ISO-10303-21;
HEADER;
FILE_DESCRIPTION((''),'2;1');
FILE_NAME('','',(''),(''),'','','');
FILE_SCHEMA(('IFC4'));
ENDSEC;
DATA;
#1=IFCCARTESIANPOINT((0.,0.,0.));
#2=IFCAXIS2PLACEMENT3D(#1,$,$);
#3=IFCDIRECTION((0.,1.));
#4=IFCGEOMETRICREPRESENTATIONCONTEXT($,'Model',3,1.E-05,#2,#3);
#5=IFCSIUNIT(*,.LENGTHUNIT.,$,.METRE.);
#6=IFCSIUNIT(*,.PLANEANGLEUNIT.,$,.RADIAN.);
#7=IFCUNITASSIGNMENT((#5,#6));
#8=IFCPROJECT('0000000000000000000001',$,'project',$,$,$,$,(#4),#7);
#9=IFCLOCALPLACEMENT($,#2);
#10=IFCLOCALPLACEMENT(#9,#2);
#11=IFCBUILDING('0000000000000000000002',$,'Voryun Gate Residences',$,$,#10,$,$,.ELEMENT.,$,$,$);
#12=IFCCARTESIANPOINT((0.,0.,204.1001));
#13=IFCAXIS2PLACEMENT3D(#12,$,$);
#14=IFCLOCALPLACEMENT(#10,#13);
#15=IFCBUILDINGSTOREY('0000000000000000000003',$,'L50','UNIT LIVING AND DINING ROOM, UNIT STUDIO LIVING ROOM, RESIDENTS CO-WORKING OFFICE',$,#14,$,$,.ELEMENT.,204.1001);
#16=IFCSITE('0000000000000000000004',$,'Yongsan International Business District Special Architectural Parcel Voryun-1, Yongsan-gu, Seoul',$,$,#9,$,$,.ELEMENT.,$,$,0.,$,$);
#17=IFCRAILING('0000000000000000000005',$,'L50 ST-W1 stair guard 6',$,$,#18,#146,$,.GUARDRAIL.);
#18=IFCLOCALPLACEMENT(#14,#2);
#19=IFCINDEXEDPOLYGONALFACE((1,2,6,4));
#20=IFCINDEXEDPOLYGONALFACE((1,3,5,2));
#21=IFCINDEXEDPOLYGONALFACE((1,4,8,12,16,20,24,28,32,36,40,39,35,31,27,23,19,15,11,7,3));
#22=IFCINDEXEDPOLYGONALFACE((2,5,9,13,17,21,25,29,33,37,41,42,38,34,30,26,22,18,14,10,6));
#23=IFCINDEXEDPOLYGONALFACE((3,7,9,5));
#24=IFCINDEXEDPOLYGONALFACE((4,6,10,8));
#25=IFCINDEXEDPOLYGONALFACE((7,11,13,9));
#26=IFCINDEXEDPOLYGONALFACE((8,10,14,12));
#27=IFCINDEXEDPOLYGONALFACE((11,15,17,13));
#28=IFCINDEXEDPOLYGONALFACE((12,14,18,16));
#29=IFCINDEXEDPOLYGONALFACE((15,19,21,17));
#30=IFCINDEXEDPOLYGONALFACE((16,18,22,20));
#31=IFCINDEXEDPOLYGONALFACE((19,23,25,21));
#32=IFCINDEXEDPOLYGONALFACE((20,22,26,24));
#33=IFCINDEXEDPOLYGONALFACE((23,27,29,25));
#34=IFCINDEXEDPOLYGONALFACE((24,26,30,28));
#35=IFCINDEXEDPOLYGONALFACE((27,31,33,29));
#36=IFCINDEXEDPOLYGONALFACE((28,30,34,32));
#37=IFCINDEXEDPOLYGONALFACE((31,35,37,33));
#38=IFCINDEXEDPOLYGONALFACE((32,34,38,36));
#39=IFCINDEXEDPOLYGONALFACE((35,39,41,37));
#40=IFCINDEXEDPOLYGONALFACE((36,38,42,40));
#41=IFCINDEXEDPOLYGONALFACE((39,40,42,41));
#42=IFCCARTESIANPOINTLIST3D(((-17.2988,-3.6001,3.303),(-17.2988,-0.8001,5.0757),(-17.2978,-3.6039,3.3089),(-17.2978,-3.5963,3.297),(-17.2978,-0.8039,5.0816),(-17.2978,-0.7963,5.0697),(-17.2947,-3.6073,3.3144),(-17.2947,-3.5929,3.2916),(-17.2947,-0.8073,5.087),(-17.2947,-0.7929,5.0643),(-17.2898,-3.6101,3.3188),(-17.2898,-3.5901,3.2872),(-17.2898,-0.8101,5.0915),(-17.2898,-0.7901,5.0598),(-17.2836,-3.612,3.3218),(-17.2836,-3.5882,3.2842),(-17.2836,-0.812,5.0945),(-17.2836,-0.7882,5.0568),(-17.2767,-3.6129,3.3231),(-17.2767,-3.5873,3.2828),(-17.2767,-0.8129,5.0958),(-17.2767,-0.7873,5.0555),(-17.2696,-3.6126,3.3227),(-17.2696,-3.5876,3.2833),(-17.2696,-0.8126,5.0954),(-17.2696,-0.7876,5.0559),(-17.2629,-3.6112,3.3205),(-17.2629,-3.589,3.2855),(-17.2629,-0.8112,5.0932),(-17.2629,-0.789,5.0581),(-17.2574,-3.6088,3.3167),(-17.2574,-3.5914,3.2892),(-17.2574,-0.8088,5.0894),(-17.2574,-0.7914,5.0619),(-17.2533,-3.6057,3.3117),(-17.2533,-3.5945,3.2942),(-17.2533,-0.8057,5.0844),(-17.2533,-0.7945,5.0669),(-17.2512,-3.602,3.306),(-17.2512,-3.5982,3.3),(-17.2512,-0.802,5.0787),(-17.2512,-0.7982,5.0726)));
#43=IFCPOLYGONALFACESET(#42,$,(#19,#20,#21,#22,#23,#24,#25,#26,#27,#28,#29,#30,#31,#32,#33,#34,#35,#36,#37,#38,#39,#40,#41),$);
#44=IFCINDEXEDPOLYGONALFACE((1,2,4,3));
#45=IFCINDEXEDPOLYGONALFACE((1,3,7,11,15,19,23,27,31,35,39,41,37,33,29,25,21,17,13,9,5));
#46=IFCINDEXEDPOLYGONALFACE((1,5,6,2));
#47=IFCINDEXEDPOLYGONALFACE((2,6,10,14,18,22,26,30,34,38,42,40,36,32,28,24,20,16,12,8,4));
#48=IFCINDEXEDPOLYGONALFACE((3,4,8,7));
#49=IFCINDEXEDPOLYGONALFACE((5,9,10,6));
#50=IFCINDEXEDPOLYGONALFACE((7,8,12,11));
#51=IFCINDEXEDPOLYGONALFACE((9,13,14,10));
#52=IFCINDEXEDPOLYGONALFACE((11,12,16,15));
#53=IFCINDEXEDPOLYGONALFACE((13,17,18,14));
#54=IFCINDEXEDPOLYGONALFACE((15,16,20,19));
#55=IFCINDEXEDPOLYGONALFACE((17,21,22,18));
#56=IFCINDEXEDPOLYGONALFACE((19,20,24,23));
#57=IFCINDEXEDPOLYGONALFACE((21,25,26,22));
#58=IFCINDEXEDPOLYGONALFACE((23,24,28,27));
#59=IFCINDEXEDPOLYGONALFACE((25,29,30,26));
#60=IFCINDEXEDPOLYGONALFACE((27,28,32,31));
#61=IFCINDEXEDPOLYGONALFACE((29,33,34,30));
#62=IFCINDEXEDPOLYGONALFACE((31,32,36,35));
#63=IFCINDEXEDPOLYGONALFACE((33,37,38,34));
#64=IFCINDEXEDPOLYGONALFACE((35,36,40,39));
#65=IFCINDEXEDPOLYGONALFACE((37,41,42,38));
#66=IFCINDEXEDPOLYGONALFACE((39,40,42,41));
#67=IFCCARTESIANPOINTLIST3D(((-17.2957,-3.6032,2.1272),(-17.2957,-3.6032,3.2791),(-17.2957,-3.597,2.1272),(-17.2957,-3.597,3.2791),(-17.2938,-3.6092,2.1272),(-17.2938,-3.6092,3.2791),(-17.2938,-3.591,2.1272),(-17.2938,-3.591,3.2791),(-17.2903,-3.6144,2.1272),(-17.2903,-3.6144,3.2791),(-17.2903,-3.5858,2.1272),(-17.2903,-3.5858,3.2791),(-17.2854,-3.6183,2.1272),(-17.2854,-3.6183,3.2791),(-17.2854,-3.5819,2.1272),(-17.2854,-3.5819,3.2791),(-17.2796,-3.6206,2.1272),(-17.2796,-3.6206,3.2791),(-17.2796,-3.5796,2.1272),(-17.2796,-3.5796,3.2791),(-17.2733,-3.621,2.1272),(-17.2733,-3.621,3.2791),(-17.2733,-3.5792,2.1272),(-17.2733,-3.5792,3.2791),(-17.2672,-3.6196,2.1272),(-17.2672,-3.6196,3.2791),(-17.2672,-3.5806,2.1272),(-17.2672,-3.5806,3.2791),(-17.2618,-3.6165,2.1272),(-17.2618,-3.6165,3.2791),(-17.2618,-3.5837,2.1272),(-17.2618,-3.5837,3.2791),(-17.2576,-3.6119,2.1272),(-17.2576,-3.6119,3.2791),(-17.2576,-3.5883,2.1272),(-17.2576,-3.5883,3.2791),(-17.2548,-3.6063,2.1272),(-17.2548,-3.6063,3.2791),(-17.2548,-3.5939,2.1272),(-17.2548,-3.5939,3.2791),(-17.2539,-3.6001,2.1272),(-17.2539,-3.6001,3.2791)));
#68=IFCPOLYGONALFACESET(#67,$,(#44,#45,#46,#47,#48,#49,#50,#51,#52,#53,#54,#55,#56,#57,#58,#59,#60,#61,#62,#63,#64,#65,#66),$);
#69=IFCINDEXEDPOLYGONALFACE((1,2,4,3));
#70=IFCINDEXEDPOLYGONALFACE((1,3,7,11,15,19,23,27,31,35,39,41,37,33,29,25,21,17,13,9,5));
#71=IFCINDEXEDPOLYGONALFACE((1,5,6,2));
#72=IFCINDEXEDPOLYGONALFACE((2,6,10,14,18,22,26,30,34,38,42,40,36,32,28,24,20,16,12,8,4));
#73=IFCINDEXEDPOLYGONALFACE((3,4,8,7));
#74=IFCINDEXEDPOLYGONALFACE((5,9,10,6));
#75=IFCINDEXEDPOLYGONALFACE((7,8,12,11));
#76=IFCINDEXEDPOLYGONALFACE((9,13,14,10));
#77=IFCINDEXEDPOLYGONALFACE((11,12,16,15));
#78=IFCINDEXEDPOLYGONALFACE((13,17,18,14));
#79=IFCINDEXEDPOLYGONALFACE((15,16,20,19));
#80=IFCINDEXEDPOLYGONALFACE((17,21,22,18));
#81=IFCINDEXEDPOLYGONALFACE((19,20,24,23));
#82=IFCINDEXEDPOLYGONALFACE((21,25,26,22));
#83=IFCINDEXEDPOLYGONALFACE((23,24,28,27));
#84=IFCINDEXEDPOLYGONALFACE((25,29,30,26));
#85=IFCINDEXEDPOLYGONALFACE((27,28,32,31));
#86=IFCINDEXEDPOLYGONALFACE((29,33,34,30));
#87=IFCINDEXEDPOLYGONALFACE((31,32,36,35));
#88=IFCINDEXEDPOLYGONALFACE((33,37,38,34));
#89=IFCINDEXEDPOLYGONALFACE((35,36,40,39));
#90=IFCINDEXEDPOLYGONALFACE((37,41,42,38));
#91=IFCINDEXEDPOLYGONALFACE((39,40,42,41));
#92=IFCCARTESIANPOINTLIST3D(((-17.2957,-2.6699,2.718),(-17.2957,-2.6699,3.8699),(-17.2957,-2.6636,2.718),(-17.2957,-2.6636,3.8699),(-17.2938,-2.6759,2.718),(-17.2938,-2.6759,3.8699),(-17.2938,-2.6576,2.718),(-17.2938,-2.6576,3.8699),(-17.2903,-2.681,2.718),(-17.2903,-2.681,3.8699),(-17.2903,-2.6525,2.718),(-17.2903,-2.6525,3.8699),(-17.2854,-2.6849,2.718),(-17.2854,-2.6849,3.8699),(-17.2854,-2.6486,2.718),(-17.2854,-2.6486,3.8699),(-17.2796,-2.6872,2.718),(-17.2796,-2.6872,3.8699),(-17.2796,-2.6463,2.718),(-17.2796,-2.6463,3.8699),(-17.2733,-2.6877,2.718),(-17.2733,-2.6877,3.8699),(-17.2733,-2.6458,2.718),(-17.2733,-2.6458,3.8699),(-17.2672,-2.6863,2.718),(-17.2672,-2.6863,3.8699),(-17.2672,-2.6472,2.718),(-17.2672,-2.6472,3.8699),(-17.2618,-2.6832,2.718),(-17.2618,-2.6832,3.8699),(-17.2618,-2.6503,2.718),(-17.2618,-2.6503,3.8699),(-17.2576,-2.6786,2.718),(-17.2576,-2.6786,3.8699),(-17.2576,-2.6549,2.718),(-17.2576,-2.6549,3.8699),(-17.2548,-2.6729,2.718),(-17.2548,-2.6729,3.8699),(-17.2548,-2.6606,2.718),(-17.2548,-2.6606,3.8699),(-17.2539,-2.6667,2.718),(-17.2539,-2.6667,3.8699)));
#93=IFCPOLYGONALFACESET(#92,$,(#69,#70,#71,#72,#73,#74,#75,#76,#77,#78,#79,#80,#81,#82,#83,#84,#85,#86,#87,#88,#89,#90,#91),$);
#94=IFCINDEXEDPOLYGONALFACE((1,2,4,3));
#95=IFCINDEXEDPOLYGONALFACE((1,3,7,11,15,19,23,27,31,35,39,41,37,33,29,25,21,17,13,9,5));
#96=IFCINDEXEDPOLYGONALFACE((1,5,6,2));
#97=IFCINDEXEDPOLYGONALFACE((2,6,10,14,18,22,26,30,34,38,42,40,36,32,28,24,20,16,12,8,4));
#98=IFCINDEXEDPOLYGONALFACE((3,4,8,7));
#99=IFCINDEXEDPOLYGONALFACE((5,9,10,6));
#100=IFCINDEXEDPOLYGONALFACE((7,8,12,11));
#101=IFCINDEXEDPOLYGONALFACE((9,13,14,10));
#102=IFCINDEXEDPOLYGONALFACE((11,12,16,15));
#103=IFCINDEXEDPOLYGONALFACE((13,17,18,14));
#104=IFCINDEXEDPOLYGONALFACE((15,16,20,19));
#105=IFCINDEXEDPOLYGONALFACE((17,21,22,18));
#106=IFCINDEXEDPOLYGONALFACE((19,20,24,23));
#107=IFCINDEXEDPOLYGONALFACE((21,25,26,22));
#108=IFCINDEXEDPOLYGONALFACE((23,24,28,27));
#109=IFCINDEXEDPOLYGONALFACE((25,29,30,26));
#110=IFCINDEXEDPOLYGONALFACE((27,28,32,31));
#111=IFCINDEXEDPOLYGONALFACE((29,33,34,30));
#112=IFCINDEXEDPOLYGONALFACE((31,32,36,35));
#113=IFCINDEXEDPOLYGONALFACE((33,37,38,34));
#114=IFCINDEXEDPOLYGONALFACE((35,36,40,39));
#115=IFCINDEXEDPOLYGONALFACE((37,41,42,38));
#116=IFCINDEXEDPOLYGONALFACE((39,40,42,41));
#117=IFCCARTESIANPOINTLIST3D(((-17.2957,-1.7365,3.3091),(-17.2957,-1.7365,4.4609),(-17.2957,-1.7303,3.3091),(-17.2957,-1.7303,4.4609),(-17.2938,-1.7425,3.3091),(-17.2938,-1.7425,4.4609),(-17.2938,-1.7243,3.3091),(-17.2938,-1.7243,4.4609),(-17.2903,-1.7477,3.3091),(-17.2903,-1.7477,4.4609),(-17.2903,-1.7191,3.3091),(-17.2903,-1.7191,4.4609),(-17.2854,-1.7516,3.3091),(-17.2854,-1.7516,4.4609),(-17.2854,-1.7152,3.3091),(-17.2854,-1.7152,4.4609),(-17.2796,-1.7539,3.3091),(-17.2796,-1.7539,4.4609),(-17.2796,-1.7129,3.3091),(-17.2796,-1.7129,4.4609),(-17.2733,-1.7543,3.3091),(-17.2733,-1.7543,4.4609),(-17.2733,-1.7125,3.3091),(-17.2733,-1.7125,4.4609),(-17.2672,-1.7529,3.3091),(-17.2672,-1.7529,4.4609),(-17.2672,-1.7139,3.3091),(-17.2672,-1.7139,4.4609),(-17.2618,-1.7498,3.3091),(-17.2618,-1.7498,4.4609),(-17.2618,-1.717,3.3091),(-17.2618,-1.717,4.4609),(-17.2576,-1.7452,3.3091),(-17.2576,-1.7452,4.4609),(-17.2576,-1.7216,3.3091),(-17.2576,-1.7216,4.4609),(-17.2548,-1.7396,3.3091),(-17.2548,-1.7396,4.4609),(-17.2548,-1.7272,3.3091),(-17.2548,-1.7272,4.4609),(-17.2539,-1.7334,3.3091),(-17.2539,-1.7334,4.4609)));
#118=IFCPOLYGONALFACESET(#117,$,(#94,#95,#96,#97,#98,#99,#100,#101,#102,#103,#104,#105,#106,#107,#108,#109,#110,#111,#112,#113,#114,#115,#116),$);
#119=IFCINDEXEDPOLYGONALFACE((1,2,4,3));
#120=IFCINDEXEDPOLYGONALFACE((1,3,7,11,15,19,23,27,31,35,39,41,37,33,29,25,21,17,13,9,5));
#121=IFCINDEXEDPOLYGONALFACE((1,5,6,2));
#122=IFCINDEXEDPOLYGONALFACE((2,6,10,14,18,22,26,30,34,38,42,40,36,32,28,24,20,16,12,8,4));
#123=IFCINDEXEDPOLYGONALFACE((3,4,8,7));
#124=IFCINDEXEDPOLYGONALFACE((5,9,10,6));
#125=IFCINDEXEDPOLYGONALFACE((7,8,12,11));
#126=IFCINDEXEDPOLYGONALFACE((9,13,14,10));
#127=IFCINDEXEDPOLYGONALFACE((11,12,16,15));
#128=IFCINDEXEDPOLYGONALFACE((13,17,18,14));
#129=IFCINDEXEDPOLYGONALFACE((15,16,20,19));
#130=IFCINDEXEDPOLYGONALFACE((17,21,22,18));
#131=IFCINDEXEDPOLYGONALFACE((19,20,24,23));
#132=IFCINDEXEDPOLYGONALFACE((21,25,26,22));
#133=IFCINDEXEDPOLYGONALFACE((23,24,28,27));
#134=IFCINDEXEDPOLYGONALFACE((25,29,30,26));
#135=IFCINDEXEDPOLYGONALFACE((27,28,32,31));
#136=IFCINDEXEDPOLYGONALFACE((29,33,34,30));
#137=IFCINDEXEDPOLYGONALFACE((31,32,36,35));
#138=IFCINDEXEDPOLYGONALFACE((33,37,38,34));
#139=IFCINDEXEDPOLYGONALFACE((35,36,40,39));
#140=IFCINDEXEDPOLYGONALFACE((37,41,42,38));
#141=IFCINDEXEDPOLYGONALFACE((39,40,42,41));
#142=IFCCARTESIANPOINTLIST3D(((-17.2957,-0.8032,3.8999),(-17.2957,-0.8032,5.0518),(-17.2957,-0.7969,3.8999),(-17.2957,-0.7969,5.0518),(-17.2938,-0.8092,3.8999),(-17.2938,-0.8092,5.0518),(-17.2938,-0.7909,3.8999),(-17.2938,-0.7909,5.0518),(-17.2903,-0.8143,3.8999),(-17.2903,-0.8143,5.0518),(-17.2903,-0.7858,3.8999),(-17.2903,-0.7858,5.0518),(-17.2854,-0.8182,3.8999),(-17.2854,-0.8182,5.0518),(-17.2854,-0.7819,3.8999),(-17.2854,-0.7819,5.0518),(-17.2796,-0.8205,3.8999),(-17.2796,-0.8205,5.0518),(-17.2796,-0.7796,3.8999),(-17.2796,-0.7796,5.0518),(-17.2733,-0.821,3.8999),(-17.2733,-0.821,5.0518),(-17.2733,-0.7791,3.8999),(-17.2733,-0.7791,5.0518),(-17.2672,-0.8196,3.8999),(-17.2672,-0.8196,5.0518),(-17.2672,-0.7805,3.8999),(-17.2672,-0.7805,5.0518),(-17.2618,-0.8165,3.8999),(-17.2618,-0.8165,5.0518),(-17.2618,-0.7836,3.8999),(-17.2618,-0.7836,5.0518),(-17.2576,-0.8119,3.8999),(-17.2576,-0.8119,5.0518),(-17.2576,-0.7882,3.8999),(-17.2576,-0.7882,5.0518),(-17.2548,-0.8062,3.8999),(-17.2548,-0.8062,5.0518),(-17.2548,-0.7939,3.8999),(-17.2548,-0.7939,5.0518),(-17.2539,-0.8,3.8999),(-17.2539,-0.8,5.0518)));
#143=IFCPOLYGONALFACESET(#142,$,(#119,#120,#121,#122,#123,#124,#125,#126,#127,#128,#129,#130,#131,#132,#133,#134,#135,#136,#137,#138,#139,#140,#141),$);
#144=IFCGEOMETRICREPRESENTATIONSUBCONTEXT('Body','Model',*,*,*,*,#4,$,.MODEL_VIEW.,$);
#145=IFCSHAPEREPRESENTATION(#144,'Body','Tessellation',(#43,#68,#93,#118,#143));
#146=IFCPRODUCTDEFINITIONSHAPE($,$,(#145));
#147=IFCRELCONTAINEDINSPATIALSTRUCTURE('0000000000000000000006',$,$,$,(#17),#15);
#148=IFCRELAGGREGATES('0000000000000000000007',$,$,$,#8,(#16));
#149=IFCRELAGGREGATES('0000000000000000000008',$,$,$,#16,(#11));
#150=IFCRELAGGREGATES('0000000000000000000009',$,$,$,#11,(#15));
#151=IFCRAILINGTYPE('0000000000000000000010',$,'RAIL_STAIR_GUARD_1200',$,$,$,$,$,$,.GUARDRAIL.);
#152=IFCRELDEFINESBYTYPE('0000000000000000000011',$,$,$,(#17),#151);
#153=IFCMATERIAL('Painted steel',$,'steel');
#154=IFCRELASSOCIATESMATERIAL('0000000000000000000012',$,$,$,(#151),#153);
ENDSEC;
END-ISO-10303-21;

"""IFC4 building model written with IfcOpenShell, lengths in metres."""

from ifc_helpers import new_model, si_unit, direction, frame, origin, origin_2d, place, context, subcontext, project, spatial, circle, extrude, material, type_object, element, save


model = new_model("IFC4")

# Units and contexts
model_context = context("Model", 3, precision=1e-05, world=origin(), true_north=direction((0.0, 1.0)))
body_context = subcontext(model_context, "Body", "Model", "MODEL_VIEW")
ifc_project = project(units=[si_unit("LENGTHUNIT", "METRE"), si_unit("PLANEANGLEUNIT", "RADIAN")], contexts=[model_context])

# Site, building, storey
site_placement = place(None, origin())
site = spatial("IfcSite", under=ifc_project, at=site_placement, Name="Yongsan International Business District Special Architectural Parcel Voryun-1, Yongsan-gu, Seoul", CompositionType="ELEMENT", RefElevation=0.0)
building_placement = place(site_placement, origin())
building = spatial("IfcBuilding", under=site, at=building_placement, Name="Voryun Gate Residences", CompositionType="ELEMENT")
storey_placement = place(building_placement, frame((0.0, 0.0, 204.1001)))
storey = spatial("IfcBuildingStorey", under=building, at=storey_placement, Name="L50", Description="UNIT LIVING AND DINING ROOM, UNIT STUDIO LIVING ROOM, RESIDENTS CO-WORKING OFFICE", CompositionType="ELEMENT", Elevation=204.1001)

# Railing
ifc_material_1 = material(Name="Painted steel", Category="steel")
railing_type_1 = type_object("IfcRailingType", Name="RAIL_STAIR_GUARD_1200", PredefinedType="GUARDRAIL", material=ifc_material_1)
railing_1_placement = place(storey_placement, frame((-17.2749, -3.6001, 2.1272)))
element("IfcRailing", 1, at=railing_1_placement, inside=storey, type_object=railing_type_1, Name="L50 ST-W1 stair guard 6", PredefinedType="GUARDRAIL", context=body_context, shape_type="SweptSolid", body=[
    extrude(circle(Radius=0.0239, at=origin_2d()), frame((0.0, 0.0, 1.1758), z_axis=(0.0, 0.844909, 0.53491), x_axis=(-1.0, 0.0, 0.0)), (0.0, 0.0, 1.0), 3.314),
    extrude(circle(Radius=0.021, at=origin_2d()), origin(), (0.0, 0.0, 1.0), 1.1519),
    extrude(circle(Radius=0.021, at=origin_2d()), frame((0.0, 0.9333, 0.5908)), (0.0, 0.0, 1.0), 1.1519),
    extrude(circle(Radius=0.021, at=origin_2d()), frame((0.0, 1.8667, 1.1819)), (0.0, 0.0, 1.0), 1.1519),
    extrude(circle(Radius=0.021, at=origin_2d()), frame((0.0, 2.8, 1.7727)), (0.0, 0.0, 1.0), 1.1519),
])

save(model, "model.ifc")
